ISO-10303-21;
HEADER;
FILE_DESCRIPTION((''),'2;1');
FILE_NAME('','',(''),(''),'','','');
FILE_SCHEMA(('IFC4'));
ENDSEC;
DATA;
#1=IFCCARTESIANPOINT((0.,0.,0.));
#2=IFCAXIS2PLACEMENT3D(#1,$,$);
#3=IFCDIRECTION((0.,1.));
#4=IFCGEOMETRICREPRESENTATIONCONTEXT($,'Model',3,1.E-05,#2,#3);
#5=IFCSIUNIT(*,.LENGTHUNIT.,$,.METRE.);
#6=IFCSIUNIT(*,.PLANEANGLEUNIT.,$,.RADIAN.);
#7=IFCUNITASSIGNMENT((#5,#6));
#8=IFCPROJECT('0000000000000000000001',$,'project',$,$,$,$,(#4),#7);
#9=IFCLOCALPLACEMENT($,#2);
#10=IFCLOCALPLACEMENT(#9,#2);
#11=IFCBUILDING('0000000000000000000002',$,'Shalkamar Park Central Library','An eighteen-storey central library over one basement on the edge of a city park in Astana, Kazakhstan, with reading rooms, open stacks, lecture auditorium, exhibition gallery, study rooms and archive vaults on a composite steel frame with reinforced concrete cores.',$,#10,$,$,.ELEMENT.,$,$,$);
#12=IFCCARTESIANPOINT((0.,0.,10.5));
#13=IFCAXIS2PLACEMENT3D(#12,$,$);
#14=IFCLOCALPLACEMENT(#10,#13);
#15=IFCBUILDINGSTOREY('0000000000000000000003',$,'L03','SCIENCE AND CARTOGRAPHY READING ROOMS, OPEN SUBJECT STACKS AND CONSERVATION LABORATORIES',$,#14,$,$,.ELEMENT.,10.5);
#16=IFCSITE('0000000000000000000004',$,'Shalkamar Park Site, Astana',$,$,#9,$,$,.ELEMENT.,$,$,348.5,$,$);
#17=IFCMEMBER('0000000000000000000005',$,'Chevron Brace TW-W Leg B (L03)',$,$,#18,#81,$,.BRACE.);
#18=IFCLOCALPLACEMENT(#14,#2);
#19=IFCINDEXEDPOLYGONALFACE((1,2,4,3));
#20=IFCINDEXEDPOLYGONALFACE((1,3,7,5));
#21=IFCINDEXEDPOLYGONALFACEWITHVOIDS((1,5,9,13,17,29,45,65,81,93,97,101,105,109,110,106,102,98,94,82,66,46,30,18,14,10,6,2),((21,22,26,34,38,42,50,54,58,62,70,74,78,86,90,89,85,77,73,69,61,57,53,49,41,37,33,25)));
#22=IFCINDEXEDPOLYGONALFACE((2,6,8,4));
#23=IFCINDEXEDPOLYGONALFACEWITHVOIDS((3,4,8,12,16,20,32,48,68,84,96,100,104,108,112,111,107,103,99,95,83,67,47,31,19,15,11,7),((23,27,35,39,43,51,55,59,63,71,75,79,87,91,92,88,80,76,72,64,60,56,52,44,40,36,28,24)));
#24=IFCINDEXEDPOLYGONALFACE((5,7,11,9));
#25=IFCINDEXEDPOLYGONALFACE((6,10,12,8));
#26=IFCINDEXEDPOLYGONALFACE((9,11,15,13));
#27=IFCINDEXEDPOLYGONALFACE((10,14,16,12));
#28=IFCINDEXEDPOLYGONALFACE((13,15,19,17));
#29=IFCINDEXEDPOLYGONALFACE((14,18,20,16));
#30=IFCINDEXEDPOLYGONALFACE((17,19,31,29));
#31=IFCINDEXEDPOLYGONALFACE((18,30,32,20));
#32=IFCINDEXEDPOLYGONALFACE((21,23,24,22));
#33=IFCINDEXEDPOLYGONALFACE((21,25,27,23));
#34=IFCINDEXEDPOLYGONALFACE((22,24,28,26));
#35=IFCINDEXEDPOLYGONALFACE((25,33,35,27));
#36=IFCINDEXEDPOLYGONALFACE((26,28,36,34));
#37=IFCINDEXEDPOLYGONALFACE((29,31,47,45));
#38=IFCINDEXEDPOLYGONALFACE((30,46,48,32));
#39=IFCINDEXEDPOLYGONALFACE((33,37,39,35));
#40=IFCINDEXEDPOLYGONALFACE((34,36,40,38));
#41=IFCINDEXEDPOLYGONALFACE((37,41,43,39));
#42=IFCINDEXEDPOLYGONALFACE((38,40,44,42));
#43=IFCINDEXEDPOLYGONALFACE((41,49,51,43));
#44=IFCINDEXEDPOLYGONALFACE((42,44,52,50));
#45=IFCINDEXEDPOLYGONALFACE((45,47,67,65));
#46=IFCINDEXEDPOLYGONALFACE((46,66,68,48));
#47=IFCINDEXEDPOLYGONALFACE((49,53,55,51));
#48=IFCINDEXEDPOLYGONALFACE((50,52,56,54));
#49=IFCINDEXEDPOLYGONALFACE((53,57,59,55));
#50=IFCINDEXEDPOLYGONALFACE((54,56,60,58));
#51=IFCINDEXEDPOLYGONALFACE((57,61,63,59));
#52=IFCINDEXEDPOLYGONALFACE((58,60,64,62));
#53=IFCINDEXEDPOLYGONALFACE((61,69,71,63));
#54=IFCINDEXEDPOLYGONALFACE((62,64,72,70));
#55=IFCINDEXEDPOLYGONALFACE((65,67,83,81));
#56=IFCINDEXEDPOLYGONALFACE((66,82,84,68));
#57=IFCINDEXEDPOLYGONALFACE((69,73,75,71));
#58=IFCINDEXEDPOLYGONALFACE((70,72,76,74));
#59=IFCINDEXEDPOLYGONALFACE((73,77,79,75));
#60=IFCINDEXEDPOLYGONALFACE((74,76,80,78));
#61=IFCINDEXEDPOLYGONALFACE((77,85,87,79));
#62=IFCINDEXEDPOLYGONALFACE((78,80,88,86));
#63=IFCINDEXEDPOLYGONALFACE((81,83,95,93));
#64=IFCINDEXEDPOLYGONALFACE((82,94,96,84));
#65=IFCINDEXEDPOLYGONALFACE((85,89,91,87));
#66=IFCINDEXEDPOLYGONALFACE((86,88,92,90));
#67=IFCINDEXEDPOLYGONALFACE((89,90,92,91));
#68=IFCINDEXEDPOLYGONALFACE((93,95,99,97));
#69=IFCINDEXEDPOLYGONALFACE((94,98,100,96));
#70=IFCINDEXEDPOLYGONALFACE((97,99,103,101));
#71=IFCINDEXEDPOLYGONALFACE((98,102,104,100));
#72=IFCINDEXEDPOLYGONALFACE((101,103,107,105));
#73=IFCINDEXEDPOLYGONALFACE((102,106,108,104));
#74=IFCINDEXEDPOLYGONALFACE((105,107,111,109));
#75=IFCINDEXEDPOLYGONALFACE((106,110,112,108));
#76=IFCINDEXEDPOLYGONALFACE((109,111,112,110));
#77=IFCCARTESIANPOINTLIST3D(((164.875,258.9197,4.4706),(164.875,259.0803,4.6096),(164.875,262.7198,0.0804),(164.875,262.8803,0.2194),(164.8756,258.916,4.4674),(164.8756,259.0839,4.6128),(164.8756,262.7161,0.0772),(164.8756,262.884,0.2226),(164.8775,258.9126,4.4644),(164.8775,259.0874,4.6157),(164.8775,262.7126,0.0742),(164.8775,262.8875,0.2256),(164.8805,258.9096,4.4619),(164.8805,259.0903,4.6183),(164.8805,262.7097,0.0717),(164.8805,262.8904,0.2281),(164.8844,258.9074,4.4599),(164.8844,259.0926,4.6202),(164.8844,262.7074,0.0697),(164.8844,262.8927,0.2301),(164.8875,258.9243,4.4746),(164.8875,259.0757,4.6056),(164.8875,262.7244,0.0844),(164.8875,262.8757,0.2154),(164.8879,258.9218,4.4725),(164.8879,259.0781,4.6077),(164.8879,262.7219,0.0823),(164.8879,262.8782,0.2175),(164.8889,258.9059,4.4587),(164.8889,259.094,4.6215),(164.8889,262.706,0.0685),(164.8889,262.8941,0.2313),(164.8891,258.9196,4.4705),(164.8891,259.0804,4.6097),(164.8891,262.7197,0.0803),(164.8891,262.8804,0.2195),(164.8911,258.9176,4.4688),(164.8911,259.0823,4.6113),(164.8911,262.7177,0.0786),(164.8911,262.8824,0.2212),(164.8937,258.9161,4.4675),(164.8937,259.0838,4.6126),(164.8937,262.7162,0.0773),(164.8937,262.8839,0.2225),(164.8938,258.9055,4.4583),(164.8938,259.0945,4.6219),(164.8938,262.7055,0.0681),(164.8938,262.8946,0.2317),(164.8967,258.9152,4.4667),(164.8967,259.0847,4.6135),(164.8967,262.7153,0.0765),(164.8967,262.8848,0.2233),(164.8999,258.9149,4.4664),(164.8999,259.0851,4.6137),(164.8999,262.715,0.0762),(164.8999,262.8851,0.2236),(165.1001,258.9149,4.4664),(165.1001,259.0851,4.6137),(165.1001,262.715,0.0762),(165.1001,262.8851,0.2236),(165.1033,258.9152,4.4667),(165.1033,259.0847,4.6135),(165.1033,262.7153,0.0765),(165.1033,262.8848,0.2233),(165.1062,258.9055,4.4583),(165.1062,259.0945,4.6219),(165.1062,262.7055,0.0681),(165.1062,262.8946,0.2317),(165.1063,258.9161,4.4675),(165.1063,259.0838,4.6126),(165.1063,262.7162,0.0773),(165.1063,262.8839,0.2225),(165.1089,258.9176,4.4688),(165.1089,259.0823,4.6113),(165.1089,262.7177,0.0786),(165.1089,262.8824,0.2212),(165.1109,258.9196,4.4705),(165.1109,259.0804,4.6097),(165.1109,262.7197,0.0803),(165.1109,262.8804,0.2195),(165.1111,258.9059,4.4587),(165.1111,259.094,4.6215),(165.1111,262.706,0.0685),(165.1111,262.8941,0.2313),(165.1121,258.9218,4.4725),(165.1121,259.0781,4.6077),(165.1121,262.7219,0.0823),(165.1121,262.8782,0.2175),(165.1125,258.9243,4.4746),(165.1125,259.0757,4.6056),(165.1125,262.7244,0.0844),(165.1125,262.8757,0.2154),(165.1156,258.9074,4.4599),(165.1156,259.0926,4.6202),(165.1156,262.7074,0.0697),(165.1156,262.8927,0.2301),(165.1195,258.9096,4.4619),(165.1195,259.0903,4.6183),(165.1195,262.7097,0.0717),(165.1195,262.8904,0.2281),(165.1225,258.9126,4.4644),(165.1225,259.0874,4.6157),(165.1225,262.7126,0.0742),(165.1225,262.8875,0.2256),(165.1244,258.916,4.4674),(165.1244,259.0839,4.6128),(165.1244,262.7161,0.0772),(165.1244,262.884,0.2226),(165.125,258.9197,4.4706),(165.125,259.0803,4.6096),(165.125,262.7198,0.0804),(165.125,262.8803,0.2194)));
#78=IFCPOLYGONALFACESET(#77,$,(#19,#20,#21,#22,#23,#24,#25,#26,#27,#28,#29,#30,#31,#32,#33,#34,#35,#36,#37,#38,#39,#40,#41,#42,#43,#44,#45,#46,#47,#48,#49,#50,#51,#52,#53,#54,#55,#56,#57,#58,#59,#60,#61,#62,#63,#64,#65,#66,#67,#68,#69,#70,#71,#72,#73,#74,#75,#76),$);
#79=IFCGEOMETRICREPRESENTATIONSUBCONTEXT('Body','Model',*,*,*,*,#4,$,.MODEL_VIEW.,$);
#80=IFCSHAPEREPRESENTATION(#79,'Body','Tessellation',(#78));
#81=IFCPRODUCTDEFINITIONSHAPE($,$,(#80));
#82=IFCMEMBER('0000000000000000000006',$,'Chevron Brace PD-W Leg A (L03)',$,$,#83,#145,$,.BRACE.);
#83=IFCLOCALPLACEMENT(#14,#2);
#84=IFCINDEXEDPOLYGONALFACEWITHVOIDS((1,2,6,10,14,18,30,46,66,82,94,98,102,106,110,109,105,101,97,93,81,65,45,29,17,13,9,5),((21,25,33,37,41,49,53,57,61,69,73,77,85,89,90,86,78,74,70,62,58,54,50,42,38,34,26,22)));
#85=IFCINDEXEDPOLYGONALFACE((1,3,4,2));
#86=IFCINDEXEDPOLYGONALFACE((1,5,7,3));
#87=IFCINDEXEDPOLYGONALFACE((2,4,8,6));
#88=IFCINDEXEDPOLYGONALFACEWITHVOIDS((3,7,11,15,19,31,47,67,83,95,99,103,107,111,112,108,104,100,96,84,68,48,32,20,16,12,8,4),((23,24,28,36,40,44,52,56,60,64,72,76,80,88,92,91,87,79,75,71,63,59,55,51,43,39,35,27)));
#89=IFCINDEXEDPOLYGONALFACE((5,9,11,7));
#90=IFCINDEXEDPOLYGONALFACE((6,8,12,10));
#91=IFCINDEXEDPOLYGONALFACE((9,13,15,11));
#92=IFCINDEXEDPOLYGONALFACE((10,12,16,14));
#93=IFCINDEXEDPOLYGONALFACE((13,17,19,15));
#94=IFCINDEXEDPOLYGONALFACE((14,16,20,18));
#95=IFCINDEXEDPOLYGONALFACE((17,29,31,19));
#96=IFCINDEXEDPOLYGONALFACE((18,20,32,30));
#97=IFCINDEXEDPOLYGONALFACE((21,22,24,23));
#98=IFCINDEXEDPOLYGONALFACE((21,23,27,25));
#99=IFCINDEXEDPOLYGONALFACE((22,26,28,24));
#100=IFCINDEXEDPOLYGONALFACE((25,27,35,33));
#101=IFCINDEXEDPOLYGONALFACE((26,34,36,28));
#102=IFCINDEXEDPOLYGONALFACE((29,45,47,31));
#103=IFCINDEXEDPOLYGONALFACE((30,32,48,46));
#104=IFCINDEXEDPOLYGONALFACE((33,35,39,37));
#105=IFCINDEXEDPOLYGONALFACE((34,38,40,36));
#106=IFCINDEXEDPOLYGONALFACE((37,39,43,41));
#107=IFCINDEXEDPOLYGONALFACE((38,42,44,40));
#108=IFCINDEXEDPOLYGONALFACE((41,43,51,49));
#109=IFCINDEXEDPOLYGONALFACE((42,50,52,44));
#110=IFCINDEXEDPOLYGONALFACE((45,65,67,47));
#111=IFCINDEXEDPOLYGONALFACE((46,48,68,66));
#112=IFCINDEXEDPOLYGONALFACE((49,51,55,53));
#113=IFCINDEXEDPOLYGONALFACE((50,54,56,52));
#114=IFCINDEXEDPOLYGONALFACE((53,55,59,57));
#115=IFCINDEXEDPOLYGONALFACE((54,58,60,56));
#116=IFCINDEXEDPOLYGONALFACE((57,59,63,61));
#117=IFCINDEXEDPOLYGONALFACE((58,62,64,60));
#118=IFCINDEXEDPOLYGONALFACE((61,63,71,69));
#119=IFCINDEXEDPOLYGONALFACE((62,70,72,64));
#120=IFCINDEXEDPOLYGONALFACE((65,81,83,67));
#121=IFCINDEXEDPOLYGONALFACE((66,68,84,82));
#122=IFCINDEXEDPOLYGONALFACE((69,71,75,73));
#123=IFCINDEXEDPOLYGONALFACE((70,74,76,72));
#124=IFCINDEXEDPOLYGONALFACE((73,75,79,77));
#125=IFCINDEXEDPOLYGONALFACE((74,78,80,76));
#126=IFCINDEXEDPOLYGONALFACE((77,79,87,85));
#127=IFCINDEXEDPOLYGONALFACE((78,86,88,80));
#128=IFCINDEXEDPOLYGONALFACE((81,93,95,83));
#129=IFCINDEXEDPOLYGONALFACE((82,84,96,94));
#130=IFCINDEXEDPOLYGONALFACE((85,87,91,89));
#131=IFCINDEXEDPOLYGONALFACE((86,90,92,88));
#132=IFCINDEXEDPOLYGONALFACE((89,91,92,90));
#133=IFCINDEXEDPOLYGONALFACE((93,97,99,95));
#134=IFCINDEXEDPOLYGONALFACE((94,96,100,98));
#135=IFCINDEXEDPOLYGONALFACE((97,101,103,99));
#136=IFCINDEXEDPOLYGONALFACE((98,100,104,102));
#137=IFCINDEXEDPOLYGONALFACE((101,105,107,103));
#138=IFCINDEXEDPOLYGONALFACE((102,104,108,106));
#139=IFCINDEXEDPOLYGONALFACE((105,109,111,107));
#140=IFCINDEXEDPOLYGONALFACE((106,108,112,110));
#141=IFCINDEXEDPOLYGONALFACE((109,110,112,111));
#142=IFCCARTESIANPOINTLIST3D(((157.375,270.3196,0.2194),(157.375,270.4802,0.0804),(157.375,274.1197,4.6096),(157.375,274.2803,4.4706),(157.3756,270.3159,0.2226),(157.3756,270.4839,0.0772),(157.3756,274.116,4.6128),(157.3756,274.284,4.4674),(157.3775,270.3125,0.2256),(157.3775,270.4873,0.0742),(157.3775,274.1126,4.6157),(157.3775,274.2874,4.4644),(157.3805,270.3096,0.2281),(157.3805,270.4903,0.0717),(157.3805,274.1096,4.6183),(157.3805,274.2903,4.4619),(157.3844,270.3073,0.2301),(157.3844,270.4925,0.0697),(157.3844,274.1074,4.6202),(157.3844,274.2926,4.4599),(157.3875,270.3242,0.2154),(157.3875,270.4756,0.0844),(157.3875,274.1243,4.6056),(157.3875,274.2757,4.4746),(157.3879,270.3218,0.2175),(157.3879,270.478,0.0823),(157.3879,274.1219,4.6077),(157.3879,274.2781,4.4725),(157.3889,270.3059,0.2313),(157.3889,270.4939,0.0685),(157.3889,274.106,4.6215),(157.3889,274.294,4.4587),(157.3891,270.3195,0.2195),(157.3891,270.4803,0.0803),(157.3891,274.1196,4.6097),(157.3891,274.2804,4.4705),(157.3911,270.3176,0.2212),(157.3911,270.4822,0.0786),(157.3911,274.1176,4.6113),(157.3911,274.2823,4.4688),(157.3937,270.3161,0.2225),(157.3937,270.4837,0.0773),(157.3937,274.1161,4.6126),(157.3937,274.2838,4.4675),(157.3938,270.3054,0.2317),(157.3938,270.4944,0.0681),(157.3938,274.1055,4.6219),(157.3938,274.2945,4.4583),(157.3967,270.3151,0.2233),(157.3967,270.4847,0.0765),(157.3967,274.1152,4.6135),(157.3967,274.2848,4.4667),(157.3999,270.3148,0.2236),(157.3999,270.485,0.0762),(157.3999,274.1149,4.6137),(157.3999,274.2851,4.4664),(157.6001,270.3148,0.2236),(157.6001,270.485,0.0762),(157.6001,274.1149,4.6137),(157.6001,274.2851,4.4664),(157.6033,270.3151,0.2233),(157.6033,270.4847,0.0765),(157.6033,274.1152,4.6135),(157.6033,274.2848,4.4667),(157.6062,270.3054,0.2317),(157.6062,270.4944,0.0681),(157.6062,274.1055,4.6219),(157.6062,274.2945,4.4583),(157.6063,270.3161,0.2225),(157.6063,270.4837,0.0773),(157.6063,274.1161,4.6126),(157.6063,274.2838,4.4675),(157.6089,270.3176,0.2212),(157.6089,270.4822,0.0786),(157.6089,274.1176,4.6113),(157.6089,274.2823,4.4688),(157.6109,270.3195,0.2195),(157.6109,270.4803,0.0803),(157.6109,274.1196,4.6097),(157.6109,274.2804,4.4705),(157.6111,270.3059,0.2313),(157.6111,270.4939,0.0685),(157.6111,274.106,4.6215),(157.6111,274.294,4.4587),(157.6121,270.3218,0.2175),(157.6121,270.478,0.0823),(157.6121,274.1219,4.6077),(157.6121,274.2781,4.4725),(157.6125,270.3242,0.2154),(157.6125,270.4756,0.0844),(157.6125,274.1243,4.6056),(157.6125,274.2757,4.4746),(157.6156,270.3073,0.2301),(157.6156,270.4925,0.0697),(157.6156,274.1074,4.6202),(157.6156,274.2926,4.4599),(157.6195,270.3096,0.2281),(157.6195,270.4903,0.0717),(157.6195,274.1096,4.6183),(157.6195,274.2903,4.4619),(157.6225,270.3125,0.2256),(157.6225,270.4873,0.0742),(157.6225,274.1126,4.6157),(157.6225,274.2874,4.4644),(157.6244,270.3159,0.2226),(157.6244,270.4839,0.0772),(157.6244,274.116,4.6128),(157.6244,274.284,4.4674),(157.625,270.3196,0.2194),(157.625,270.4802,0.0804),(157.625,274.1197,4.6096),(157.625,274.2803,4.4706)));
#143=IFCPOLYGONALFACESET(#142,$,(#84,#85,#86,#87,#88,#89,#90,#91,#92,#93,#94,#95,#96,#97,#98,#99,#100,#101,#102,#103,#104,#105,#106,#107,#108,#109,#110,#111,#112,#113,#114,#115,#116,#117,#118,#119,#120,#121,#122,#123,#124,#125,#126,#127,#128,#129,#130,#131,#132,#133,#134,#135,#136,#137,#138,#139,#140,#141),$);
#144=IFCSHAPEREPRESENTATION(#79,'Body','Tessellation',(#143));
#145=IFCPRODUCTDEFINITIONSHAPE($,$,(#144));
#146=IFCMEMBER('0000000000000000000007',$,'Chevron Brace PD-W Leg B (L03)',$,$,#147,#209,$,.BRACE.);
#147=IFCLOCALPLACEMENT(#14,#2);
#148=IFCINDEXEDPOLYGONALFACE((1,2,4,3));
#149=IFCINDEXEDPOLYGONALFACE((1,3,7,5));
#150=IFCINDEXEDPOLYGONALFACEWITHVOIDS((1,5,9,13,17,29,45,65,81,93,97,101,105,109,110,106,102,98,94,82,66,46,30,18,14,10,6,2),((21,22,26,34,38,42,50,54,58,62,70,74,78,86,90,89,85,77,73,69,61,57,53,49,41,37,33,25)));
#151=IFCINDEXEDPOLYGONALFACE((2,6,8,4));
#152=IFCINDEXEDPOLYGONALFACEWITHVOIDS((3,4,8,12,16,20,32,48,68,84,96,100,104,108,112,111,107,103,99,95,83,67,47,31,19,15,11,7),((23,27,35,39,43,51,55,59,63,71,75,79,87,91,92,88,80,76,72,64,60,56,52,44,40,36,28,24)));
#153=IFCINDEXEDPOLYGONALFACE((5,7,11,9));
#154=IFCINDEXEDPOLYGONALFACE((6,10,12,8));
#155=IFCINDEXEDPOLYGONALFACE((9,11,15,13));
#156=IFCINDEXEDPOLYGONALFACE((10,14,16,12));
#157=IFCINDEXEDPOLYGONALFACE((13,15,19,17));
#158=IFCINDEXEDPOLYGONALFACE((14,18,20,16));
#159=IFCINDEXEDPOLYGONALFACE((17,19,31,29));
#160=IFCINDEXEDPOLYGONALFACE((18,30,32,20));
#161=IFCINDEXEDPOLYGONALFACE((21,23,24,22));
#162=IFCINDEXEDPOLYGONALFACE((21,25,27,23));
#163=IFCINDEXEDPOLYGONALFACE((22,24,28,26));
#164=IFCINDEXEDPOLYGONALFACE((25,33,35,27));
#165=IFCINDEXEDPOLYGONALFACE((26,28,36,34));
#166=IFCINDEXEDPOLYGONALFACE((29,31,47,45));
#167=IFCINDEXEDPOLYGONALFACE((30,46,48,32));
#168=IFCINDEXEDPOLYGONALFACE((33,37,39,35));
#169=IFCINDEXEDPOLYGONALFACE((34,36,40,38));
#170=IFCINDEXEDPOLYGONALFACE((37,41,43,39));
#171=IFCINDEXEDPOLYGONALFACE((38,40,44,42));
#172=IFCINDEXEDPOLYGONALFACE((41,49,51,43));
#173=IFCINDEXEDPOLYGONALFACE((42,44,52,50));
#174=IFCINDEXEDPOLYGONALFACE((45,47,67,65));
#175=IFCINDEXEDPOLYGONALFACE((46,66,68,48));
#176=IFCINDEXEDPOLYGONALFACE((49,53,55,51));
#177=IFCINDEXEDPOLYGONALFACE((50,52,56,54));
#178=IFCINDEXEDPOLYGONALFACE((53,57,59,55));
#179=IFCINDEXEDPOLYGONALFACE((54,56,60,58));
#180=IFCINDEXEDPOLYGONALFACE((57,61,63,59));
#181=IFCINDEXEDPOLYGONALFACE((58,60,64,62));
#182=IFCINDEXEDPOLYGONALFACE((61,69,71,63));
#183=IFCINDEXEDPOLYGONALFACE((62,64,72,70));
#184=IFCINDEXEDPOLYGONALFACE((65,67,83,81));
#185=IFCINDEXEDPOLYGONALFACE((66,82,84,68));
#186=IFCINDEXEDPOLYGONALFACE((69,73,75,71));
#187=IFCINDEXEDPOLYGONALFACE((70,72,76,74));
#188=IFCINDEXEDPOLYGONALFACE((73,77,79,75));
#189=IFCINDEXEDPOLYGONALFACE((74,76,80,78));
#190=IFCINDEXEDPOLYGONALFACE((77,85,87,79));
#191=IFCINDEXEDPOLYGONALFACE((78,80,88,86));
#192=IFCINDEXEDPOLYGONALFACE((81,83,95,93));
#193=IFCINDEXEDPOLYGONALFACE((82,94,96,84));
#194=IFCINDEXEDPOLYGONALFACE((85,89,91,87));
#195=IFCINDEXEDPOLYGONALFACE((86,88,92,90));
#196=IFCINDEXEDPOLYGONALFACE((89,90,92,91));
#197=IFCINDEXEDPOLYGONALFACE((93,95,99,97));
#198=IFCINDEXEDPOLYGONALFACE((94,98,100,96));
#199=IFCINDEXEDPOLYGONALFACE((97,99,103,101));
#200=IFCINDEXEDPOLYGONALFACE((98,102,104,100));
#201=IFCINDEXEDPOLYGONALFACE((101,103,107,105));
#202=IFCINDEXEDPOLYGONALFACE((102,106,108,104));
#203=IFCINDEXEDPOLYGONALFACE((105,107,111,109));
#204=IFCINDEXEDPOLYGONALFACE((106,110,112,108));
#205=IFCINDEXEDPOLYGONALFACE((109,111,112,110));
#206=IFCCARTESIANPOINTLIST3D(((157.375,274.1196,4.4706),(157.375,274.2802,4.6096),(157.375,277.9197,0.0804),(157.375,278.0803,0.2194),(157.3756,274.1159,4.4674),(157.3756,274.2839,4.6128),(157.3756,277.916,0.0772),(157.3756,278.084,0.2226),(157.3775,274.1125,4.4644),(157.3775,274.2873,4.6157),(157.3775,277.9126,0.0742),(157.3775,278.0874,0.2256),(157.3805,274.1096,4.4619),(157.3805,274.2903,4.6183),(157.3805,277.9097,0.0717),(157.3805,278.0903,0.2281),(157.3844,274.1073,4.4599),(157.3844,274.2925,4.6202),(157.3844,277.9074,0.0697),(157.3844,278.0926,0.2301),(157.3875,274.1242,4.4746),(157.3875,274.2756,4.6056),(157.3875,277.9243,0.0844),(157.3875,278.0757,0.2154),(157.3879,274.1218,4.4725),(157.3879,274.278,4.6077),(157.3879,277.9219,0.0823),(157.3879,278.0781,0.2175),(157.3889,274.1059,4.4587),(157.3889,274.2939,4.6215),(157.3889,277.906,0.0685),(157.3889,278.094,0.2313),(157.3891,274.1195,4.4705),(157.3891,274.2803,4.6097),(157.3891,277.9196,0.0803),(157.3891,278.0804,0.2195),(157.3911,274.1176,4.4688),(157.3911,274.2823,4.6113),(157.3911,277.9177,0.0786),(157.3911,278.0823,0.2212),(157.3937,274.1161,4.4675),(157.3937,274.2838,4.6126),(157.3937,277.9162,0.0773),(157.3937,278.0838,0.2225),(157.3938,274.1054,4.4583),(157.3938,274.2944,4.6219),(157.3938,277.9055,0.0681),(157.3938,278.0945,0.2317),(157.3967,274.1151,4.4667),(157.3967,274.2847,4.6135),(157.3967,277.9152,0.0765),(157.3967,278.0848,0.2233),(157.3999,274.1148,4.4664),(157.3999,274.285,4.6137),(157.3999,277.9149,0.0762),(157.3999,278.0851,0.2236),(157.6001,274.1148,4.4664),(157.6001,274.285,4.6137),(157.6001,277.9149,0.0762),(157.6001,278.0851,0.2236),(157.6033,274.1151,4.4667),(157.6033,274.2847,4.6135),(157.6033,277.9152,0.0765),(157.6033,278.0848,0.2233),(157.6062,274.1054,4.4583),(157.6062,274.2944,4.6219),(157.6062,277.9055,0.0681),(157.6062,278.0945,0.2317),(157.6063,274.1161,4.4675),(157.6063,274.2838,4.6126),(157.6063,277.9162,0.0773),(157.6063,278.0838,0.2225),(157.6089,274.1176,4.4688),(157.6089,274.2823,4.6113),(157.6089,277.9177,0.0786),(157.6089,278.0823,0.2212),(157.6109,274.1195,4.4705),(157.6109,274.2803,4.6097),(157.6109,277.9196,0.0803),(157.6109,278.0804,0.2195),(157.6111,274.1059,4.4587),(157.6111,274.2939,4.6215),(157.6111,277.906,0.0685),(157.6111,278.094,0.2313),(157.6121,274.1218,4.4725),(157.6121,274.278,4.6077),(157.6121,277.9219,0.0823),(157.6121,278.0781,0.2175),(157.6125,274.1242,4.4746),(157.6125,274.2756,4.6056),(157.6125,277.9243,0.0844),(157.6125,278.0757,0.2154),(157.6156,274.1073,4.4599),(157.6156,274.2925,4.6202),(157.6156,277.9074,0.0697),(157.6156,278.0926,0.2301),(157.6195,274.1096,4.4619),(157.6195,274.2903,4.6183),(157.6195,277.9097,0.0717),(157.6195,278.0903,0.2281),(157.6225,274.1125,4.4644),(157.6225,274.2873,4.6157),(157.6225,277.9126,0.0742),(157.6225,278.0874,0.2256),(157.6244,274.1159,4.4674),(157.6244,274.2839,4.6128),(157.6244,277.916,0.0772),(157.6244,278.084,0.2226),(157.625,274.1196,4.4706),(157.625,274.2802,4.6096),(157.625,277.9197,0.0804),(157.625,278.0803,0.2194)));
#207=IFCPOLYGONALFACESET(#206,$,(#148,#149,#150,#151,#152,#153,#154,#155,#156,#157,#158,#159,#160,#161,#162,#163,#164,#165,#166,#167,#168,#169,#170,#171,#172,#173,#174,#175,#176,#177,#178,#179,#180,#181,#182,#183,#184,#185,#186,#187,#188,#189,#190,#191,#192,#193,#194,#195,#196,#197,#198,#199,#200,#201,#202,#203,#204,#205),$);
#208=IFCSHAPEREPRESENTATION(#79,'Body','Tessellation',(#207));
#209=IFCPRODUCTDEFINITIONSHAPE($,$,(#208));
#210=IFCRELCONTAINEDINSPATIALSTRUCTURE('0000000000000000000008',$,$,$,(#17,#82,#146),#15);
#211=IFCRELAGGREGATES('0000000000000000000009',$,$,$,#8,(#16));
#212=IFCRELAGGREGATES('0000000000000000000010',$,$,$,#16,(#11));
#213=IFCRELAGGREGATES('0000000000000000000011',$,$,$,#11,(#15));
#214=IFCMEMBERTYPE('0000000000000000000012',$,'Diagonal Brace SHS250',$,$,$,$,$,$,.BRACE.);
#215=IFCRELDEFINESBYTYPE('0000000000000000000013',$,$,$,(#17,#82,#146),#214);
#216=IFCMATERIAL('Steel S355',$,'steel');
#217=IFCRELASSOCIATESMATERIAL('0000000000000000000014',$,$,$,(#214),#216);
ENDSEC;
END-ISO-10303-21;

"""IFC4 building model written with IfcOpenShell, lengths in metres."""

from ifc_helpers import new_model, si_unit, direction, frame, origin, origin_2d, place, context, subcontext, project, spatial, hollow_rectangle, extrude, material, material_profile, profile_set, type_object, element, save


model = new_model("IFC4")

# Units and contexts
model_context = context("Model", 3, precision=1e-05, world=origin(), true_north=direction((0.0, 1.0)))
body_context = subcontext(model_context, "Body", "Model", "MODEL_VIEW")
ifc_project = project(units=[si_unit("LENGTHUNIT", "METRE"), si_unit("PLANEANGLEUNIT", "RADIAN")], contexts=[model_context])

# Site, building, storey
site_placement = place(None, origin())
site = spatial("IfcSite", under=ifc_project, at=site_placement, Name="Shalkamar Park Site, Astana", CompositionType="ELEMENT", RefElevation=348.5)
building_placement = place(site_placement, origin())
building = spatial("IfcBuilding", under=site, at=building_placement, Name="Shalkamar Park Central Library", Description="An eighteen-storey central library over one basement on the edge of a city park in Astana, Kazakhstan, with reading rooms, open stacks, lecture auditorium, exhibition gallery, study rooms and archive vaults on a composite steel frame with reinforced concrete cores.", CompositionType="ELEMENT")
storey_placement = place(building_placement, frame((0.0, 0.0, 10.5)))
storey = spatial("IfcBuildingStorey", under=building, at=storey_placement, Name="L03", Description="SCIENCE AND CARTOGRAPHY READING ROOMS, OPEN SUBJECT STACKS AND CONSERVATION LABORATORIES", CompositionType="ELEMENT", Elevation=10.5)

# Shared definitions
ifc_material_1 = material(Name="Steel S355", Category="steel")

# Members
ifc_material_profile_1 = material_profile(ifc_material_1, hollow_rectangle(XDim=0.25, YDim=0.25, WallThickness=0.0125, InnerFilletRadius=0.0125, OuterFilletRadius=0.0188, at=origin_2d()), Name="SHS 250x250x12.5")
ifc_profile_set_1 = profile_set([ifc_material_profile_1], Name="Steel S355")
member_type = type_object("IfcMemberType", Name="Diagonal Brace SHS250", PredefinedType="BRACE", material=ifc_profile_set_1)
for number, where, z_axis, x_axis, name in (
    (1, (165.0, 262.8, 0.1499), (0.0, -0.654465, 0.756093), (1.0, 0.0, 0.0), "Chevron Brace TW-W Leg B (L03)"),
    (2, (157.5, 270.3999, 0.1499), (0.0, 0.654465, 0.756093), (-1.0, 0.0, 0.0), "Chevron Brace PD-W Leg A (L03)"),
    (3, (157.5, 278.0, 0.1499), (0.0, -0.654465, 0.756093), (1.0, 0.0, 0.0), "Chevron Brace PD-W Leg B (L03)"),
):
    element("IfcMember", number, at=place(storey_placement, frame(where, z_axis=z_axis, x_axis=x_axis)), inside=storey, type_object=member_type, Name=name, PredefinedType="BRACE", context=body_context, shape_type="SweptSolid", body=[
        extrude(hollow_rectangle(XDim=0.25, YDim=0.25, WallThickness=0.0125, InnerFilletRadius=0.0125, OuterFilletRadius=0.0188, at=origin_2d()), origin(), (0.0, 0.0, 1.0), 5.8064),
    ])

save(model, "model.ifc")
